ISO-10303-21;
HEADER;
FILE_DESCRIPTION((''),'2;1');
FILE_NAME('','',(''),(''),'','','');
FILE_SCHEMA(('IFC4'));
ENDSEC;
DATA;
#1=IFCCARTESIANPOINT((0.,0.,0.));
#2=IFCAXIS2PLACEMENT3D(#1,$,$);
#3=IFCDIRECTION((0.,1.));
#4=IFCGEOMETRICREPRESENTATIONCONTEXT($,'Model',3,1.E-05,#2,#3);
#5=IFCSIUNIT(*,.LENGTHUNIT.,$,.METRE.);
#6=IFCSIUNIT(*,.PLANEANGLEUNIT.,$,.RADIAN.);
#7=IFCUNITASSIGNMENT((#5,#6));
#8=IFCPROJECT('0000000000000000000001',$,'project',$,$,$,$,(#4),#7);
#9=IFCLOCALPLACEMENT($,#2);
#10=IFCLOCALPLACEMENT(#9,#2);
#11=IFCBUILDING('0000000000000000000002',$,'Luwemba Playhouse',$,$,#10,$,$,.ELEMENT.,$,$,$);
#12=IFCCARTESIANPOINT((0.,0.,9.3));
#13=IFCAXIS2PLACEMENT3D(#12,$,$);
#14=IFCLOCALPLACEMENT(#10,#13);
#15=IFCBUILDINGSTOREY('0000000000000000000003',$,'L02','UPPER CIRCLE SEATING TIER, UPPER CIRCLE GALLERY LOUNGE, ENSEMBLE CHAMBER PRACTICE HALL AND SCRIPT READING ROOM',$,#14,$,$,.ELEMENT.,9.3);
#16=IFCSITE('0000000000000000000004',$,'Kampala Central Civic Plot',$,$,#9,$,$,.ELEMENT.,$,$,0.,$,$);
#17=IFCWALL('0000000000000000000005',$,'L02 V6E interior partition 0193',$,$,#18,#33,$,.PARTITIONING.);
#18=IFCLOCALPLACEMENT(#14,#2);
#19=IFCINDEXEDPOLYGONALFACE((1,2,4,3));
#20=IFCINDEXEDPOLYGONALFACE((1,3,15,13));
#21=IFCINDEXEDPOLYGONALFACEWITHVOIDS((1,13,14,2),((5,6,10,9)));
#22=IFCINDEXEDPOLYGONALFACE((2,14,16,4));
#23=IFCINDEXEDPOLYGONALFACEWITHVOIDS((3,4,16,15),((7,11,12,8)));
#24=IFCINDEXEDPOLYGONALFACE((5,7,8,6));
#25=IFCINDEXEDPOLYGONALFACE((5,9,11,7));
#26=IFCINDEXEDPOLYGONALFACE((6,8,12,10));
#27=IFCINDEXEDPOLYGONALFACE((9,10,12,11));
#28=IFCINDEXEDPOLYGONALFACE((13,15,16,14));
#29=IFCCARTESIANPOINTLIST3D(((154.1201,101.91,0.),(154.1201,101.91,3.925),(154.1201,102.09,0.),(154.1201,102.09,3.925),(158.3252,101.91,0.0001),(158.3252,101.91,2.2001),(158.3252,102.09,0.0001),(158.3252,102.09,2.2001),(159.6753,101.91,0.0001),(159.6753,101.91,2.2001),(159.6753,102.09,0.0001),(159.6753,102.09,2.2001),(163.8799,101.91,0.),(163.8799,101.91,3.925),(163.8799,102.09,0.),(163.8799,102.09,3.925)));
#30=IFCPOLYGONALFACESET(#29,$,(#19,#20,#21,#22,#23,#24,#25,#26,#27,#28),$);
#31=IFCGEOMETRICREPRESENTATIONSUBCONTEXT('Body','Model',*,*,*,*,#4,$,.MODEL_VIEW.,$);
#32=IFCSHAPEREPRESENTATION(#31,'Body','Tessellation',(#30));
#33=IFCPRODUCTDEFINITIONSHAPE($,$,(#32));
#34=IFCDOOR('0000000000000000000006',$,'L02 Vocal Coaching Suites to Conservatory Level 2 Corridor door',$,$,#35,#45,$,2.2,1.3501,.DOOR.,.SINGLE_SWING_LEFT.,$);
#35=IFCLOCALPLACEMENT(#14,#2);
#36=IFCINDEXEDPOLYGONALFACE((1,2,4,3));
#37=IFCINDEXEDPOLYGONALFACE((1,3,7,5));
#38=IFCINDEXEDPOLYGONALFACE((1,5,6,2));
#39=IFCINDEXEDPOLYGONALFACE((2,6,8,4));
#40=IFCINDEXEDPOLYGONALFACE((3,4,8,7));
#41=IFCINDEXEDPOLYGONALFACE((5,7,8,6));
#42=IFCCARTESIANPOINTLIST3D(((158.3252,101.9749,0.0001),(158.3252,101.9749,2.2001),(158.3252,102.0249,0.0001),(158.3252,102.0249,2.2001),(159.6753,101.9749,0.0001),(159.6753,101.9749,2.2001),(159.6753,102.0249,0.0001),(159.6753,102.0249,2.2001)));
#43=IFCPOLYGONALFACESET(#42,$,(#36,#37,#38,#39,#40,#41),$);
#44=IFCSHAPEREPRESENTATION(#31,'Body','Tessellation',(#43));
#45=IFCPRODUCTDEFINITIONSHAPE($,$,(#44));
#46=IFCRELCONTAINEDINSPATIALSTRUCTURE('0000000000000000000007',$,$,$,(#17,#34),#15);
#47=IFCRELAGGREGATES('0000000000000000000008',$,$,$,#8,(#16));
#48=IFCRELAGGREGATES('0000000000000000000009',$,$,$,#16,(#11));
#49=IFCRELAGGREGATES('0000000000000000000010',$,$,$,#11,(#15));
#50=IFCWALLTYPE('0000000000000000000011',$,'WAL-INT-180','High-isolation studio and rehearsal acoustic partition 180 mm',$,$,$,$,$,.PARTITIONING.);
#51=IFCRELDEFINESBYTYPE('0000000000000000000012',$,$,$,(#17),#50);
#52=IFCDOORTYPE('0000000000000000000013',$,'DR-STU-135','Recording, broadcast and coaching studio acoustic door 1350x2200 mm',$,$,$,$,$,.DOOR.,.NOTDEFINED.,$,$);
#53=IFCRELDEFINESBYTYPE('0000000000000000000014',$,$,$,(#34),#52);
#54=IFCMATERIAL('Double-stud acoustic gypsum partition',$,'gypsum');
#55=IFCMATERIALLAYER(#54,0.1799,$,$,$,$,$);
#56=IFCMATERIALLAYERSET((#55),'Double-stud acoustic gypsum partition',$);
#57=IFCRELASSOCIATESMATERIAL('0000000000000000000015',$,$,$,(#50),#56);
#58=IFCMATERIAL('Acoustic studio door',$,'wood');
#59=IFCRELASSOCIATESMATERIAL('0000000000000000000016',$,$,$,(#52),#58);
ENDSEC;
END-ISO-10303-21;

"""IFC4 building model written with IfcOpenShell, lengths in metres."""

from ifc_helpers import new_model, si_unit, direction, frame, frame_2d, origin, place, context, subcontext, project, spatial, rectangle, extrude, material, layer, layer_set, type_object, element, fill, save


model = new_model("IFC4")

# Units and contexts
model_context = context("Model", 3, precision=1e-05, world=origin(), true_north=direction((0.0, 1.0)))
body_context = subcontext(model_context, "Body", "Model", "MODEL_VIEW")
ifc_project = project(units=[si_unit("LENGTHUNIT", "METRE"), si_unit("PLANEANGLEUNIT", "RADIAN")], contexts=[model_context])

# Site, building, storey
site_placement = place(None, origin())
site = spatial("IfcSite", under=ifc_project, at=site_placement, Name="Kampala Central Civic Plot", CompositionType="ELEMENT", RefElevation=0.0)
building_placement = place(site_placement, origin())
building = spatial("IfcBuilding", under=site, at=building_placement, Name="Luwemba Playhouse", CompositionType="ELEMENT")
storey_placement = place(building_placement, frame((0.0, 0.0, 9.3)))
storey = spatial("IfcBuildingStorey", under=building, at=storey_placement, Name="L02", Description="UPPER CIRCLE SEATING TIER, UPPER CIRCLE GALLERY LOUNGE, ENSEMBLE CHAMBER PRACTICE HALL AND SCRIPT READING ROOM", CompositionType="ELEMENT", Elevation=9.3)

# Wall, opening, door
ifc_material_1 = material(Name="Double-stud acoustic gypsum partition", Category="gypsum")
ifc_layer_1 = layer(ifc_material_1, 0.1799)
ifc_layer_set_1 = layer_set([ifc_layer_1], Name="Double-stud acoustic gypsum partition")
wall_type_1 = type_object("IfcWallType", Name="WAL-INT-180", Description="High-isolation studio and rehearsal acoustic partition 180 mm", PredefinedType="PARTITIONING", material=ifc_layer_set_1)
wall_1_placement = place(storey_placement, frame((154.1201, 102.0, 0.0), z_axis=(0.0, 0.0, 1.0), x_axis=(1.0, 0.0, 0.0)))
wall_1 = element("IfcWall", 1, at=wall_1_placement, inside=storey, type_object=wall_type_1, Name="L02 V6E interior partition 0193", PredefinedType="PARTITIONING", context=body_context, shape_type="SweptSolid", body=[
    extrude(rectangle(XDim=9.7598, YDim=0.1799, at=frame_2d((4.8799, 0.0))), origin(), (0.0, 0.0, 1.0), 3.925),
])
opening_1_placement = place(wall_1_placement, frame((4.2051, 0.0, 0.0)))
opening_1 = element("IfcOpeningElement", 2, at=opening_1_placement, cuts=wall_1, PredefinedType="OPENING", context=body_context, shape_type="SweptSolid", body=[
    extrude(rectangle(XDim=1.3501, YDim=2.2, at=frame_2d((0.675, 1.1001))), frame((0.0, 0.0999, 0.0), z_axis=(0.0, -1.0, 0.0), x_axis=(1.0, 0.0, 0.0)), (0.0, 0.0, 1.0), 0.2),
])
ifc_material_2 = material(Name="Acoustic studio door", Category="wood")
door_type_1 = type_object("IfcDoorType", Name="DR-STU-135", Description="Recording, broadcast and coaching studio acoustic door 1350x2200 mm", OperationType="NOTDEFINED", PredefinedType="DOOR", material=ifc_material_2)
door_1_placement = place(opening_1_placement, origin())
door_1 = element("IfcDoor", 3, at=door_1_placement, inside=storey, type_object=door_type_1, Name="L02 Vocal Coaching Suites to Conservatory Level 2 Corridor door", OperationType="SINGLE_SWING_LEFT", OverallHeight=2.2, OverallWidth=1.3501, PredefinedType="DOOR", context=body_context, shape_type="SweptSolid", body=[
    extrude(rectangle(XDim=1.3501, YDim=2.2, at=frame_2d((0.675, 1.1001))), frame((0.0, 0.0249, 0.0), z_axis=(0.0, -1.0, 0.0), x_axis=(1.0, 0.0, 0.0)), (0.0, 0.0, 1.0), 0.05),
])
fill(opening_1, door_1)

save(model, "model.ifc")
